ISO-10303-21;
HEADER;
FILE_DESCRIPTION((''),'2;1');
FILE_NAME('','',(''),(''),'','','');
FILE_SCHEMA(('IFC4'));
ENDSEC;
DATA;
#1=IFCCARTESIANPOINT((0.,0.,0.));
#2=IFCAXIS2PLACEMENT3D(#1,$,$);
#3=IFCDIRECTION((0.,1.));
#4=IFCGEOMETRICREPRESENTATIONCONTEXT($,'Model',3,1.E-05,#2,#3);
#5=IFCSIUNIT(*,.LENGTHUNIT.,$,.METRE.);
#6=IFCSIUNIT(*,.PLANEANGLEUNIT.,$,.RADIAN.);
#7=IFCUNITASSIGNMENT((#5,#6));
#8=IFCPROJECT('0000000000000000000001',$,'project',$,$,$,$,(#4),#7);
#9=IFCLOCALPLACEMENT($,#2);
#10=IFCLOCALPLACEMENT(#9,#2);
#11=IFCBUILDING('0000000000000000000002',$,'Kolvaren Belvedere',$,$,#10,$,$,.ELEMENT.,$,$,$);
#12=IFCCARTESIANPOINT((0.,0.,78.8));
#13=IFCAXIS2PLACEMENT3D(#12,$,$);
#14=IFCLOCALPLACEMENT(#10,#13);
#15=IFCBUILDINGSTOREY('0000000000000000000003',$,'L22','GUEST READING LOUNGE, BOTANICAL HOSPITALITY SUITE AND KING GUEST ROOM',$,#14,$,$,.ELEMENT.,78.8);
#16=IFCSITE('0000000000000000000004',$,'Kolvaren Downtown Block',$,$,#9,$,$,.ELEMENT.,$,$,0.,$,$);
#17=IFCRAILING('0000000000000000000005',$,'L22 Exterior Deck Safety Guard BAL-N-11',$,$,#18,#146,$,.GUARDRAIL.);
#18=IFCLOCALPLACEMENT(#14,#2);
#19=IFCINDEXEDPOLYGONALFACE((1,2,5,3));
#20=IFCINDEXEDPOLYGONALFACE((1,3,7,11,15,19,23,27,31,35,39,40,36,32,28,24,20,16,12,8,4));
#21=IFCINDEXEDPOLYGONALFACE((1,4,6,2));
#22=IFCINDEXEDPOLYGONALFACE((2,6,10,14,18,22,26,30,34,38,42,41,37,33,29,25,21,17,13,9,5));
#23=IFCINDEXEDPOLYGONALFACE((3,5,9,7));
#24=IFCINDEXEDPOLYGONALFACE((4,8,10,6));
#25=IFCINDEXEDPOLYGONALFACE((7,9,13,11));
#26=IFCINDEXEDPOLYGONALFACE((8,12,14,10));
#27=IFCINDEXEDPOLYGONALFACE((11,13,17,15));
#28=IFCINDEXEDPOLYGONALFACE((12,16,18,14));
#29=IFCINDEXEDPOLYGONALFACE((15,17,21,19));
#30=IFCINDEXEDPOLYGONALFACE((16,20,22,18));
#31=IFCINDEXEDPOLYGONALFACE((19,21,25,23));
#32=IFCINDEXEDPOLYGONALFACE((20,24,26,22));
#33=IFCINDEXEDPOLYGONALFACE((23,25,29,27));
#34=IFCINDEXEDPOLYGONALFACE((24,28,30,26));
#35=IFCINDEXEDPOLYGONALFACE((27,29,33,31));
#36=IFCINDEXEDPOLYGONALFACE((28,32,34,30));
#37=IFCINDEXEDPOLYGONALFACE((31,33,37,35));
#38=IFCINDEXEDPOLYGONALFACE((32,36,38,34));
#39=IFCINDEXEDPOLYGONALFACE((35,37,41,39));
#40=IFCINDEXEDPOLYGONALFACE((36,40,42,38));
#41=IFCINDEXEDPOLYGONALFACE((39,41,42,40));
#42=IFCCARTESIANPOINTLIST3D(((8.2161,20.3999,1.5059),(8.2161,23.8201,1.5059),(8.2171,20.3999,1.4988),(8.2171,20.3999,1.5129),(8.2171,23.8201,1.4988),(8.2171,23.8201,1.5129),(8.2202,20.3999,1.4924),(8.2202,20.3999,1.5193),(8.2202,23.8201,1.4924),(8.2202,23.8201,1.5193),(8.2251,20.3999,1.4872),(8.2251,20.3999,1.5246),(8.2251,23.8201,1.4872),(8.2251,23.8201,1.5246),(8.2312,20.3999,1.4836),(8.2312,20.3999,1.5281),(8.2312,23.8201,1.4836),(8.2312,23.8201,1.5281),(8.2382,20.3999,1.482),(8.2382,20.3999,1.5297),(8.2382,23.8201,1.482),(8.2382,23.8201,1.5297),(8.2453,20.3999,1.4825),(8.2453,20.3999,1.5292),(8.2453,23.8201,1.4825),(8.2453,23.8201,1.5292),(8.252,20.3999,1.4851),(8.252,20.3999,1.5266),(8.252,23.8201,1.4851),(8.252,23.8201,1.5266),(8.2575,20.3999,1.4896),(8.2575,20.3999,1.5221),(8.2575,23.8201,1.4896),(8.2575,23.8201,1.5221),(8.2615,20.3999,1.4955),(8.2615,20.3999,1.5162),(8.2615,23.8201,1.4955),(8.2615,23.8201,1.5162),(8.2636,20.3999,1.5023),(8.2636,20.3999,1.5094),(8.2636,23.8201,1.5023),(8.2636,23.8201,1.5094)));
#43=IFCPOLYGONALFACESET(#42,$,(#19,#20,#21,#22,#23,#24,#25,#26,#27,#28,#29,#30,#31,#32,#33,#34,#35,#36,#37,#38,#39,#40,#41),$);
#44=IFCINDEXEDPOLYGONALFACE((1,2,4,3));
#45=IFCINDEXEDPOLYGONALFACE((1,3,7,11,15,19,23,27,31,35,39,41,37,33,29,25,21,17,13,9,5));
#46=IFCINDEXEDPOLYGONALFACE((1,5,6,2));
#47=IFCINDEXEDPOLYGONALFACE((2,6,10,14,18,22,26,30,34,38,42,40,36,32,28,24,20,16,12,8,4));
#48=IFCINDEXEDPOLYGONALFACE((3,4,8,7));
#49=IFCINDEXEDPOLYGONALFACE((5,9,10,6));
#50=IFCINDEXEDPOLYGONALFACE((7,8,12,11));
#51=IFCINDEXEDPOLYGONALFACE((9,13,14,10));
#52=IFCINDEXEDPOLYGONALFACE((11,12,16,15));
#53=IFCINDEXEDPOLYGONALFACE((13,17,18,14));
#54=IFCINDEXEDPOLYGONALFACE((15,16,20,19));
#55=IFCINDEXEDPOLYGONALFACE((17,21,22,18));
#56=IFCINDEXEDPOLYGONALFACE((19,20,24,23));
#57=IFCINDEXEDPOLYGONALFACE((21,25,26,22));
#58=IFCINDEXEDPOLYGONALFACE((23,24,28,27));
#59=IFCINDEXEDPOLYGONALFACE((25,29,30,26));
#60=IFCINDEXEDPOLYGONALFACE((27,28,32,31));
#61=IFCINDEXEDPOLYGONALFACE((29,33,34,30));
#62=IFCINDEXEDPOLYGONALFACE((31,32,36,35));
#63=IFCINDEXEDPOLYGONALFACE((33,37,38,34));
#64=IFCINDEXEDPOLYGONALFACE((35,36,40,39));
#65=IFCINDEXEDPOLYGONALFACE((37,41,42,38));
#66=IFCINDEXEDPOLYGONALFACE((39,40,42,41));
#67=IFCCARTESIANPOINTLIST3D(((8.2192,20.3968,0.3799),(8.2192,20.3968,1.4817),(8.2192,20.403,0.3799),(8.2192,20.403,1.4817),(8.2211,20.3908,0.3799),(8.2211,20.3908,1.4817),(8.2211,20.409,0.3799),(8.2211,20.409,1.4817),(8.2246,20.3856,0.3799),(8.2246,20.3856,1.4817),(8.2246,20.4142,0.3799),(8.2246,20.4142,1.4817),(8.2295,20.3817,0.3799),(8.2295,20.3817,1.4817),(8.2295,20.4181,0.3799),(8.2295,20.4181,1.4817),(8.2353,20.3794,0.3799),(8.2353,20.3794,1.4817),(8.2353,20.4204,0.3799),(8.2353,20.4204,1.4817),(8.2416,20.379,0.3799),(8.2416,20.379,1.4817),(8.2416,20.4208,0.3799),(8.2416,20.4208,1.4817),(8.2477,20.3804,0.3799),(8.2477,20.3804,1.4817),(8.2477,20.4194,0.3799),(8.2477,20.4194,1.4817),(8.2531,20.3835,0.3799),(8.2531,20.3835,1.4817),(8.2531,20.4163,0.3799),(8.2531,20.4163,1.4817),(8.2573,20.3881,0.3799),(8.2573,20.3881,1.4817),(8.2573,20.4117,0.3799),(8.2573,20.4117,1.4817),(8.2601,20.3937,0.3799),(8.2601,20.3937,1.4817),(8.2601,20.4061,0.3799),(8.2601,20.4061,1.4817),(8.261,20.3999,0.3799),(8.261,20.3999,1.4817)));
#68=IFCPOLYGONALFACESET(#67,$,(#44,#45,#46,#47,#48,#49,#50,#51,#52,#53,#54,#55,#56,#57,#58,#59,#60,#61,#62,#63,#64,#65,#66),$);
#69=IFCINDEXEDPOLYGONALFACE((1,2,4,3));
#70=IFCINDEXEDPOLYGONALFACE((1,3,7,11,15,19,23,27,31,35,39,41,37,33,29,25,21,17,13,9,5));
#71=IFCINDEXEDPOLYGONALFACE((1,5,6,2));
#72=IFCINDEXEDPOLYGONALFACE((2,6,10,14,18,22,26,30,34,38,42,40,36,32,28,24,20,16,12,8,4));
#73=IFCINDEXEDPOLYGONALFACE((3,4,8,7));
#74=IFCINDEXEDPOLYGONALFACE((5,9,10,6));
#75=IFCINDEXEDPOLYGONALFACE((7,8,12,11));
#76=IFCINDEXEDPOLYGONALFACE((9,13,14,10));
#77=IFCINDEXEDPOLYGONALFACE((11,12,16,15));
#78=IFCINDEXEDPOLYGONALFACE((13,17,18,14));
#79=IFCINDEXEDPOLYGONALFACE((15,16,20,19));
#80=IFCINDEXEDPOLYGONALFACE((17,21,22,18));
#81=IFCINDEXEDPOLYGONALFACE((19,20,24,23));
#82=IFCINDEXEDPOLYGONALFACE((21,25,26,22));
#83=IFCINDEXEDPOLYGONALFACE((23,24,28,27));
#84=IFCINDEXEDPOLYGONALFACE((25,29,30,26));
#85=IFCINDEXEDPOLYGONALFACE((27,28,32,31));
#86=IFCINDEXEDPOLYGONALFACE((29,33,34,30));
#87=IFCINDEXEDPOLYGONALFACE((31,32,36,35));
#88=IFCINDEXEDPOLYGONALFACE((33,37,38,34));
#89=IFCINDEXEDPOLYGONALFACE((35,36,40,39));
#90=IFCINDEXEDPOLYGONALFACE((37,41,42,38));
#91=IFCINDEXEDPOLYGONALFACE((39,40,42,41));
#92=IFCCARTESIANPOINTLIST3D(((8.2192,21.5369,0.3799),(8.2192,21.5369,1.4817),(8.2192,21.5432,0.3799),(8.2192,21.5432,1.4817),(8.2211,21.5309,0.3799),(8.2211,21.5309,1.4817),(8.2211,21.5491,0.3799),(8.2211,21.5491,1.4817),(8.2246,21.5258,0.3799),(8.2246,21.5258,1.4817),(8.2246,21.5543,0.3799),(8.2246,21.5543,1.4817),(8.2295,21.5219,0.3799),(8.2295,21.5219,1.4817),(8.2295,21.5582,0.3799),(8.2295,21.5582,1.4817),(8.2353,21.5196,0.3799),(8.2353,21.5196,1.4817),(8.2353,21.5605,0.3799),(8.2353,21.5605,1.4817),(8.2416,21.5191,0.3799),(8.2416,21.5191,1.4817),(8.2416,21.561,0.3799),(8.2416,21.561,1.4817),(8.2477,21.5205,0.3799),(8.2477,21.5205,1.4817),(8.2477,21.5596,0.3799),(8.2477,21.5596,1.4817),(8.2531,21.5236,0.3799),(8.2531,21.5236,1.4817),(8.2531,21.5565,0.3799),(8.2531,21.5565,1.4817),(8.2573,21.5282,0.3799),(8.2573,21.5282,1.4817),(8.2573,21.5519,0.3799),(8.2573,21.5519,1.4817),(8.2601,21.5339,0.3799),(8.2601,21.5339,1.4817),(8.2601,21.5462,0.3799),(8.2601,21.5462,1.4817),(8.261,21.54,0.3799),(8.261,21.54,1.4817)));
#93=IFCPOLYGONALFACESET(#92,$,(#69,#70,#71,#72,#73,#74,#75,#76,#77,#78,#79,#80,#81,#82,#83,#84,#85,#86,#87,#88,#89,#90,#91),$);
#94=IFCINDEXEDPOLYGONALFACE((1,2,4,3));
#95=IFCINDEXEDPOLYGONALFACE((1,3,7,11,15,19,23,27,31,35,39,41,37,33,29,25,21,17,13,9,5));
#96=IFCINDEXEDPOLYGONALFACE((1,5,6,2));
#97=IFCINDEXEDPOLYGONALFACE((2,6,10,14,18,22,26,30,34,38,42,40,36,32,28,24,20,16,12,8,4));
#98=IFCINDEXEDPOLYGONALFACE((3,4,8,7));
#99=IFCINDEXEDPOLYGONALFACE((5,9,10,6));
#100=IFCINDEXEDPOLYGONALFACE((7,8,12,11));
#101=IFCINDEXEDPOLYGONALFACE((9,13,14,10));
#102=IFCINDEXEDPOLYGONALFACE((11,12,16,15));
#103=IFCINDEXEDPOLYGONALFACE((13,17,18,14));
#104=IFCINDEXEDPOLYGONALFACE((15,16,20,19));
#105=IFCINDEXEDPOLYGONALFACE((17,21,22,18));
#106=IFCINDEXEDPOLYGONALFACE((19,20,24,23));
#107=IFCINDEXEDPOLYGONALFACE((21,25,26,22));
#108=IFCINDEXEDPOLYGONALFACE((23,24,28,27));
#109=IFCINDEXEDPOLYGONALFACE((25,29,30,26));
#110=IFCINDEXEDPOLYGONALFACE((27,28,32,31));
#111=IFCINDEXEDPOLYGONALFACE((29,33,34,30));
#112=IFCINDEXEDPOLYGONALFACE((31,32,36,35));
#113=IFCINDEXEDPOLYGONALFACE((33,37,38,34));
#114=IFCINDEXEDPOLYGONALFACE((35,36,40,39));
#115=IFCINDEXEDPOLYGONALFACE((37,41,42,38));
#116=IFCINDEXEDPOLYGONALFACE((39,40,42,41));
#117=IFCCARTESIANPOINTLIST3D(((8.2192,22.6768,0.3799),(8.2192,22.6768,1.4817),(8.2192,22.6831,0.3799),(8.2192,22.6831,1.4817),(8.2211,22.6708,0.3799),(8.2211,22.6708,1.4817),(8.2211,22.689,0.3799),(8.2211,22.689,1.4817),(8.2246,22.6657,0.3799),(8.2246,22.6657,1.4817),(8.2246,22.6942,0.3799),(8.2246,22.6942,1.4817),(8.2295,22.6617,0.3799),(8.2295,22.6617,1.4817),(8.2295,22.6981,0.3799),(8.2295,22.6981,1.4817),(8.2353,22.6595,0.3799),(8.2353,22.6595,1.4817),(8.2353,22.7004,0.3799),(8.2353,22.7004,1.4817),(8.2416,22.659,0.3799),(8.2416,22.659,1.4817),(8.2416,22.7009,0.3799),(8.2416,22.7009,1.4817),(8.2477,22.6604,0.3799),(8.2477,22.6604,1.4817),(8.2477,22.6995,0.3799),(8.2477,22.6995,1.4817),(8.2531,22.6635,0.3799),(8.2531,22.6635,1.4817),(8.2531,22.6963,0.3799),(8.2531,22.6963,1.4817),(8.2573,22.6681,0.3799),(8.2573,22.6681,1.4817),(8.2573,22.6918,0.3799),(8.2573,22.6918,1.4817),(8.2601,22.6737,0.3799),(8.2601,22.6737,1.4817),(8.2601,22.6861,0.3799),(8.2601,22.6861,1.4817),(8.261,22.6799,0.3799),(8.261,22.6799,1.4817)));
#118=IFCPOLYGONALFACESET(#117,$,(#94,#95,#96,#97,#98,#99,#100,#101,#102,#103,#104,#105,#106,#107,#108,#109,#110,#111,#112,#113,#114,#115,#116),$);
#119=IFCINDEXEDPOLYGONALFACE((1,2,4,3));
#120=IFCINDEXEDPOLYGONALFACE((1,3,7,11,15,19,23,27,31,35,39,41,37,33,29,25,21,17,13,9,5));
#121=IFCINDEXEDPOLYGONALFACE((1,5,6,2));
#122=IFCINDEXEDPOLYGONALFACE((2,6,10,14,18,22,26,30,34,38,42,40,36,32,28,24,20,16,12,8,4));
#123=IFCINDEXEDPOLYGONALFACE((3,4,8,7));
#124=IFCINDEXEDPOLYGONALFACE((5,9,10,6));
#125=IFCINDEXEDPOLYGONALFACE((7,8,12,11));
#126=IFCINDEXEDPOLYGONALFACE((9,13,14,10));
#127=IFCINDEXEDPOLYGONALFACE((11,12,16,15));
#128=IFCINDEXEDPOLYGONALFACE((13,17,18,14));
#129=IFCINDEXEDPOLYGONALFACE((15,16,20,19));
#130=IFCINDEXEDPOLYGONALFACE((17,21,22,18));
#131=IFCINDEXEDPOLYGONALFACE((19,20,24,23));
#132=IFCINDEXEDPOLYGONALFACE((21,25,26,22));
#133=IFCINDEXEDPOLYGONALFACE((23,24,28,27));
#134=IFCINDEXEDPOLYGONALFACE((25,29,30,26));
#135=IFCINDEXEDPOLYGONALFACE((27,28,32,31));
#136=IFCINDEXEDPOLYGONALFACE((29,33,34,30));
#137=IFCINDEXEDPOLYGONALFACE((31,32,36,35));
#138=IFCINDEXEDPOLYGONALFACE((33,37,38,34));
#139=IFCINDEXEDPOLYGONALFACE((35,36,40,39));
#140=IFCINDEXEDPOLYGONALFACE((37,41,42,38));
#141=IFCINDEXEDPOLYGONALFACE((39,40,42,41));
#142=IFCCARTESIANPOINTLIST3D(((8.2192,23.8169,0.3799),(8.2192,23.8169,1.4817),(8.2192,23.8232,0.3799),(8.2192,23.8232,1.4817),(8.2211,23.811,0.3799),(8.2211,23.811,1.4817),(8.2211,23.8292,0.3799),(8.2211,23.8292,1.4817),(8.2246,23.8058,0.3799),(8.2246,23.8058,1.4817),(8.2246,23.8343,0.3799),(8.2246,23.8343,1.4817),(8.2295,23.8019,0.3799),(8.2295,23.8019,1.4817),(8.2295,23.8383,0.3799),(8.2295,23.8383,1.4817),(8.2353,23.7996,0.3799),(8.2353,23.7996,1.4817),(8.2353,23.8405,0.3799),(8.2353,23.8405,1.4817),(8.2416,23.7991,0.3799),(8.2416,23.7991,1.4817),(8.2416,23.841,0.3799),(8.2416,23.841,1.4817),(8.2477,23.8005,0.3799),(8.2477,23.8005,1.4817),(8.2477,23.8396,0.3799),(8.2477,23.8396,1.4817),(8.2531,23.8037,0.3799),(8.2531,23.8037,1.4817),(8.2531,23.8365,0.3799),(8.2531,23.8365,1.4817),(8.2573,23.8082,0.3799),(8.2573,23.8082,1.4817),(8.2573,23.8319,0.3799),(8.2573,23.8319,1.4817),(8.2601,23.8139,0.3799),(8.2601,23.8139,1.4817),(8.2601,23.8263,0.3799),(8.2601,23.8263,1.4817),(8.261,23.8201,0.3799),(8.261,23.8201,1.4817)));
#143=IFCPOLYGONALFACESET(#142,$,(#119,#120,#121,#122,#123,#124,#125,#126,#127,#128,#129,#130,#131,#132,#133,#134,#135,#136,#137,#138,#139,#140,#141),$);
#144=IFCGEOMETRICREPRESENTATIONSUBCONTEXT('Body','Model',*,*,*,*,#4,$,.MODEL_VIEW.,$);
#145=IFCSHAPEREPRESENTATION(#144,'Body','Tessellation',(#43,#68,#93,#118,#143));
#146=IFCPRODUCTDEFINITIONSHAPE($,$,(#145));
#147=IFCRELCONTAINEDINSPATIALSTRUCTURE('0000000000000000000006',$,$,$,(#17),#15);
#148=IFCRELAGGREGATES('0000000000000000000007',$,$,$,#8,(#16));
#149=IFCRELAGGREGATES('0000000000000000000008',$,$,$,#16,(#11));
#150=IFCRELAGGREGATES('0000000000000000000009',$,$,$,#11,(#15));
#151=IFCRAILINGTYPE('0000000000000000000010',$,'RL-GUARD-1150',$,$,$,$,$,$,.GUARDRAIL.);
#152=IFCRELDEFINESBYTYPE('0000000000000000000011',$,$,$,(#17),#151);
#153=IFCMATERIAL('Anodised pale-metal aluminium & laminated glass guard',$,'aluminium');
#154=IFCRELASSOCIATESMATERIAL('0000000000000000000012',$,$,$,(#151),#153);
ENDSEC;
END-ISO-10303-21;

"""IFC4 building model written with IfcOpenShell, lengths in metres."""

from ifc_helpers import new_model, si_unit, direction, frame, origin, origin_2d, place, context, subcontext, project, spatial, circle, extrude, material, type_object, element, save


model = new_model("IFC4")

# Units and contexts
model_context = context("Model", 3, precision=1e-05, world=origin(), true_north=direction((0.0, 1.0)))
body_context = subcontext(model_context, "Body", "Model", "MODEL_VIEW")
ifc_project = project(units=[si_unit("LENGTHUNIT", "METRE"), si_unit("PLANEANGLEUNIT", "RADIAN")], contexts=[model_context])

# Site, building, storey
site_placement = place(None, origin())
site = spatial("IfcSite", under=ifc_project, at=site_placement, Name="Kolvaren Downtown Block", CompositionType="ELEMENT", RefElevation=0.0)
building_placement = place(site_placement, origin())
building = spatial("IfcBuilding", under=site, at=building_placement, Name="Kolvaren Belvedere", CompositionType="ELEMENT")
storey_placement = place(building_placement, frame((0.0, 0.0, 78.8)))
storey = spatial("IfcBuildingStorey", under=building, at=storey_placement, Name="L22", Description="GUEST READING LOUNGE, BOTANICAL HOSPITALITY SUITE AND KING GUEST ROOM", CompositionType="ELEMENT", Elevation=78.8)

# Railing
ifc_material_1 = material(Name="Anodised pale-metal aluminium & laminated glass guard", Category="aluminium")
railing_type = type_object("IfcRailingType", Name="RL-GUARD-1150", PredefinedType="GUARDRAIL", material=ifc_material_1)
railing_1_placement = place(storey_placement, frame((8.24, 20.3999, 0.3799)))
element("IfcRailing", 1, at=railing_1_placement, inside=storey, type_object=railing_type, Name="L22 Exterior Deck Safety Guard BAL-N-11", PredefinedType="GUARDRAIL", context=body_context, shape_type="SweptSolid", body=[
    extrude(circle(Radius=0.0239, at=origin_2d()), frame((0.0, 0.0, 1.126), z_axis=(0.0, 1.0, 0.0), x_axis=(-1.0, 0.0, 0.0)), (0.0, 0.0, 1.0), 3.4202),
    extrude(circle(Radius=0.021, at=origin_2d()), origin(), (0.0, 0.0, 1.0), 1.1018),
    extrude(circle(Radius=0.021, at=origin_2d()), frame((0.0, 1.1401, 0.0)), (0.0, 0.0, 1.0), 1.1018),
    extrude(circle(Radius=0.021, at=origin_2d()), frame((0.0, 2.28, 0.0)), (0.0, 0.0, 1.0), 1.1018),
    extrude(circle(Radius=0.021, at=origin_2d()), frame((0.0, 3.4202, 0.0)), (0.0, 0.0, 1.0), 1.1018),
])

save(model, "model.ifc")
